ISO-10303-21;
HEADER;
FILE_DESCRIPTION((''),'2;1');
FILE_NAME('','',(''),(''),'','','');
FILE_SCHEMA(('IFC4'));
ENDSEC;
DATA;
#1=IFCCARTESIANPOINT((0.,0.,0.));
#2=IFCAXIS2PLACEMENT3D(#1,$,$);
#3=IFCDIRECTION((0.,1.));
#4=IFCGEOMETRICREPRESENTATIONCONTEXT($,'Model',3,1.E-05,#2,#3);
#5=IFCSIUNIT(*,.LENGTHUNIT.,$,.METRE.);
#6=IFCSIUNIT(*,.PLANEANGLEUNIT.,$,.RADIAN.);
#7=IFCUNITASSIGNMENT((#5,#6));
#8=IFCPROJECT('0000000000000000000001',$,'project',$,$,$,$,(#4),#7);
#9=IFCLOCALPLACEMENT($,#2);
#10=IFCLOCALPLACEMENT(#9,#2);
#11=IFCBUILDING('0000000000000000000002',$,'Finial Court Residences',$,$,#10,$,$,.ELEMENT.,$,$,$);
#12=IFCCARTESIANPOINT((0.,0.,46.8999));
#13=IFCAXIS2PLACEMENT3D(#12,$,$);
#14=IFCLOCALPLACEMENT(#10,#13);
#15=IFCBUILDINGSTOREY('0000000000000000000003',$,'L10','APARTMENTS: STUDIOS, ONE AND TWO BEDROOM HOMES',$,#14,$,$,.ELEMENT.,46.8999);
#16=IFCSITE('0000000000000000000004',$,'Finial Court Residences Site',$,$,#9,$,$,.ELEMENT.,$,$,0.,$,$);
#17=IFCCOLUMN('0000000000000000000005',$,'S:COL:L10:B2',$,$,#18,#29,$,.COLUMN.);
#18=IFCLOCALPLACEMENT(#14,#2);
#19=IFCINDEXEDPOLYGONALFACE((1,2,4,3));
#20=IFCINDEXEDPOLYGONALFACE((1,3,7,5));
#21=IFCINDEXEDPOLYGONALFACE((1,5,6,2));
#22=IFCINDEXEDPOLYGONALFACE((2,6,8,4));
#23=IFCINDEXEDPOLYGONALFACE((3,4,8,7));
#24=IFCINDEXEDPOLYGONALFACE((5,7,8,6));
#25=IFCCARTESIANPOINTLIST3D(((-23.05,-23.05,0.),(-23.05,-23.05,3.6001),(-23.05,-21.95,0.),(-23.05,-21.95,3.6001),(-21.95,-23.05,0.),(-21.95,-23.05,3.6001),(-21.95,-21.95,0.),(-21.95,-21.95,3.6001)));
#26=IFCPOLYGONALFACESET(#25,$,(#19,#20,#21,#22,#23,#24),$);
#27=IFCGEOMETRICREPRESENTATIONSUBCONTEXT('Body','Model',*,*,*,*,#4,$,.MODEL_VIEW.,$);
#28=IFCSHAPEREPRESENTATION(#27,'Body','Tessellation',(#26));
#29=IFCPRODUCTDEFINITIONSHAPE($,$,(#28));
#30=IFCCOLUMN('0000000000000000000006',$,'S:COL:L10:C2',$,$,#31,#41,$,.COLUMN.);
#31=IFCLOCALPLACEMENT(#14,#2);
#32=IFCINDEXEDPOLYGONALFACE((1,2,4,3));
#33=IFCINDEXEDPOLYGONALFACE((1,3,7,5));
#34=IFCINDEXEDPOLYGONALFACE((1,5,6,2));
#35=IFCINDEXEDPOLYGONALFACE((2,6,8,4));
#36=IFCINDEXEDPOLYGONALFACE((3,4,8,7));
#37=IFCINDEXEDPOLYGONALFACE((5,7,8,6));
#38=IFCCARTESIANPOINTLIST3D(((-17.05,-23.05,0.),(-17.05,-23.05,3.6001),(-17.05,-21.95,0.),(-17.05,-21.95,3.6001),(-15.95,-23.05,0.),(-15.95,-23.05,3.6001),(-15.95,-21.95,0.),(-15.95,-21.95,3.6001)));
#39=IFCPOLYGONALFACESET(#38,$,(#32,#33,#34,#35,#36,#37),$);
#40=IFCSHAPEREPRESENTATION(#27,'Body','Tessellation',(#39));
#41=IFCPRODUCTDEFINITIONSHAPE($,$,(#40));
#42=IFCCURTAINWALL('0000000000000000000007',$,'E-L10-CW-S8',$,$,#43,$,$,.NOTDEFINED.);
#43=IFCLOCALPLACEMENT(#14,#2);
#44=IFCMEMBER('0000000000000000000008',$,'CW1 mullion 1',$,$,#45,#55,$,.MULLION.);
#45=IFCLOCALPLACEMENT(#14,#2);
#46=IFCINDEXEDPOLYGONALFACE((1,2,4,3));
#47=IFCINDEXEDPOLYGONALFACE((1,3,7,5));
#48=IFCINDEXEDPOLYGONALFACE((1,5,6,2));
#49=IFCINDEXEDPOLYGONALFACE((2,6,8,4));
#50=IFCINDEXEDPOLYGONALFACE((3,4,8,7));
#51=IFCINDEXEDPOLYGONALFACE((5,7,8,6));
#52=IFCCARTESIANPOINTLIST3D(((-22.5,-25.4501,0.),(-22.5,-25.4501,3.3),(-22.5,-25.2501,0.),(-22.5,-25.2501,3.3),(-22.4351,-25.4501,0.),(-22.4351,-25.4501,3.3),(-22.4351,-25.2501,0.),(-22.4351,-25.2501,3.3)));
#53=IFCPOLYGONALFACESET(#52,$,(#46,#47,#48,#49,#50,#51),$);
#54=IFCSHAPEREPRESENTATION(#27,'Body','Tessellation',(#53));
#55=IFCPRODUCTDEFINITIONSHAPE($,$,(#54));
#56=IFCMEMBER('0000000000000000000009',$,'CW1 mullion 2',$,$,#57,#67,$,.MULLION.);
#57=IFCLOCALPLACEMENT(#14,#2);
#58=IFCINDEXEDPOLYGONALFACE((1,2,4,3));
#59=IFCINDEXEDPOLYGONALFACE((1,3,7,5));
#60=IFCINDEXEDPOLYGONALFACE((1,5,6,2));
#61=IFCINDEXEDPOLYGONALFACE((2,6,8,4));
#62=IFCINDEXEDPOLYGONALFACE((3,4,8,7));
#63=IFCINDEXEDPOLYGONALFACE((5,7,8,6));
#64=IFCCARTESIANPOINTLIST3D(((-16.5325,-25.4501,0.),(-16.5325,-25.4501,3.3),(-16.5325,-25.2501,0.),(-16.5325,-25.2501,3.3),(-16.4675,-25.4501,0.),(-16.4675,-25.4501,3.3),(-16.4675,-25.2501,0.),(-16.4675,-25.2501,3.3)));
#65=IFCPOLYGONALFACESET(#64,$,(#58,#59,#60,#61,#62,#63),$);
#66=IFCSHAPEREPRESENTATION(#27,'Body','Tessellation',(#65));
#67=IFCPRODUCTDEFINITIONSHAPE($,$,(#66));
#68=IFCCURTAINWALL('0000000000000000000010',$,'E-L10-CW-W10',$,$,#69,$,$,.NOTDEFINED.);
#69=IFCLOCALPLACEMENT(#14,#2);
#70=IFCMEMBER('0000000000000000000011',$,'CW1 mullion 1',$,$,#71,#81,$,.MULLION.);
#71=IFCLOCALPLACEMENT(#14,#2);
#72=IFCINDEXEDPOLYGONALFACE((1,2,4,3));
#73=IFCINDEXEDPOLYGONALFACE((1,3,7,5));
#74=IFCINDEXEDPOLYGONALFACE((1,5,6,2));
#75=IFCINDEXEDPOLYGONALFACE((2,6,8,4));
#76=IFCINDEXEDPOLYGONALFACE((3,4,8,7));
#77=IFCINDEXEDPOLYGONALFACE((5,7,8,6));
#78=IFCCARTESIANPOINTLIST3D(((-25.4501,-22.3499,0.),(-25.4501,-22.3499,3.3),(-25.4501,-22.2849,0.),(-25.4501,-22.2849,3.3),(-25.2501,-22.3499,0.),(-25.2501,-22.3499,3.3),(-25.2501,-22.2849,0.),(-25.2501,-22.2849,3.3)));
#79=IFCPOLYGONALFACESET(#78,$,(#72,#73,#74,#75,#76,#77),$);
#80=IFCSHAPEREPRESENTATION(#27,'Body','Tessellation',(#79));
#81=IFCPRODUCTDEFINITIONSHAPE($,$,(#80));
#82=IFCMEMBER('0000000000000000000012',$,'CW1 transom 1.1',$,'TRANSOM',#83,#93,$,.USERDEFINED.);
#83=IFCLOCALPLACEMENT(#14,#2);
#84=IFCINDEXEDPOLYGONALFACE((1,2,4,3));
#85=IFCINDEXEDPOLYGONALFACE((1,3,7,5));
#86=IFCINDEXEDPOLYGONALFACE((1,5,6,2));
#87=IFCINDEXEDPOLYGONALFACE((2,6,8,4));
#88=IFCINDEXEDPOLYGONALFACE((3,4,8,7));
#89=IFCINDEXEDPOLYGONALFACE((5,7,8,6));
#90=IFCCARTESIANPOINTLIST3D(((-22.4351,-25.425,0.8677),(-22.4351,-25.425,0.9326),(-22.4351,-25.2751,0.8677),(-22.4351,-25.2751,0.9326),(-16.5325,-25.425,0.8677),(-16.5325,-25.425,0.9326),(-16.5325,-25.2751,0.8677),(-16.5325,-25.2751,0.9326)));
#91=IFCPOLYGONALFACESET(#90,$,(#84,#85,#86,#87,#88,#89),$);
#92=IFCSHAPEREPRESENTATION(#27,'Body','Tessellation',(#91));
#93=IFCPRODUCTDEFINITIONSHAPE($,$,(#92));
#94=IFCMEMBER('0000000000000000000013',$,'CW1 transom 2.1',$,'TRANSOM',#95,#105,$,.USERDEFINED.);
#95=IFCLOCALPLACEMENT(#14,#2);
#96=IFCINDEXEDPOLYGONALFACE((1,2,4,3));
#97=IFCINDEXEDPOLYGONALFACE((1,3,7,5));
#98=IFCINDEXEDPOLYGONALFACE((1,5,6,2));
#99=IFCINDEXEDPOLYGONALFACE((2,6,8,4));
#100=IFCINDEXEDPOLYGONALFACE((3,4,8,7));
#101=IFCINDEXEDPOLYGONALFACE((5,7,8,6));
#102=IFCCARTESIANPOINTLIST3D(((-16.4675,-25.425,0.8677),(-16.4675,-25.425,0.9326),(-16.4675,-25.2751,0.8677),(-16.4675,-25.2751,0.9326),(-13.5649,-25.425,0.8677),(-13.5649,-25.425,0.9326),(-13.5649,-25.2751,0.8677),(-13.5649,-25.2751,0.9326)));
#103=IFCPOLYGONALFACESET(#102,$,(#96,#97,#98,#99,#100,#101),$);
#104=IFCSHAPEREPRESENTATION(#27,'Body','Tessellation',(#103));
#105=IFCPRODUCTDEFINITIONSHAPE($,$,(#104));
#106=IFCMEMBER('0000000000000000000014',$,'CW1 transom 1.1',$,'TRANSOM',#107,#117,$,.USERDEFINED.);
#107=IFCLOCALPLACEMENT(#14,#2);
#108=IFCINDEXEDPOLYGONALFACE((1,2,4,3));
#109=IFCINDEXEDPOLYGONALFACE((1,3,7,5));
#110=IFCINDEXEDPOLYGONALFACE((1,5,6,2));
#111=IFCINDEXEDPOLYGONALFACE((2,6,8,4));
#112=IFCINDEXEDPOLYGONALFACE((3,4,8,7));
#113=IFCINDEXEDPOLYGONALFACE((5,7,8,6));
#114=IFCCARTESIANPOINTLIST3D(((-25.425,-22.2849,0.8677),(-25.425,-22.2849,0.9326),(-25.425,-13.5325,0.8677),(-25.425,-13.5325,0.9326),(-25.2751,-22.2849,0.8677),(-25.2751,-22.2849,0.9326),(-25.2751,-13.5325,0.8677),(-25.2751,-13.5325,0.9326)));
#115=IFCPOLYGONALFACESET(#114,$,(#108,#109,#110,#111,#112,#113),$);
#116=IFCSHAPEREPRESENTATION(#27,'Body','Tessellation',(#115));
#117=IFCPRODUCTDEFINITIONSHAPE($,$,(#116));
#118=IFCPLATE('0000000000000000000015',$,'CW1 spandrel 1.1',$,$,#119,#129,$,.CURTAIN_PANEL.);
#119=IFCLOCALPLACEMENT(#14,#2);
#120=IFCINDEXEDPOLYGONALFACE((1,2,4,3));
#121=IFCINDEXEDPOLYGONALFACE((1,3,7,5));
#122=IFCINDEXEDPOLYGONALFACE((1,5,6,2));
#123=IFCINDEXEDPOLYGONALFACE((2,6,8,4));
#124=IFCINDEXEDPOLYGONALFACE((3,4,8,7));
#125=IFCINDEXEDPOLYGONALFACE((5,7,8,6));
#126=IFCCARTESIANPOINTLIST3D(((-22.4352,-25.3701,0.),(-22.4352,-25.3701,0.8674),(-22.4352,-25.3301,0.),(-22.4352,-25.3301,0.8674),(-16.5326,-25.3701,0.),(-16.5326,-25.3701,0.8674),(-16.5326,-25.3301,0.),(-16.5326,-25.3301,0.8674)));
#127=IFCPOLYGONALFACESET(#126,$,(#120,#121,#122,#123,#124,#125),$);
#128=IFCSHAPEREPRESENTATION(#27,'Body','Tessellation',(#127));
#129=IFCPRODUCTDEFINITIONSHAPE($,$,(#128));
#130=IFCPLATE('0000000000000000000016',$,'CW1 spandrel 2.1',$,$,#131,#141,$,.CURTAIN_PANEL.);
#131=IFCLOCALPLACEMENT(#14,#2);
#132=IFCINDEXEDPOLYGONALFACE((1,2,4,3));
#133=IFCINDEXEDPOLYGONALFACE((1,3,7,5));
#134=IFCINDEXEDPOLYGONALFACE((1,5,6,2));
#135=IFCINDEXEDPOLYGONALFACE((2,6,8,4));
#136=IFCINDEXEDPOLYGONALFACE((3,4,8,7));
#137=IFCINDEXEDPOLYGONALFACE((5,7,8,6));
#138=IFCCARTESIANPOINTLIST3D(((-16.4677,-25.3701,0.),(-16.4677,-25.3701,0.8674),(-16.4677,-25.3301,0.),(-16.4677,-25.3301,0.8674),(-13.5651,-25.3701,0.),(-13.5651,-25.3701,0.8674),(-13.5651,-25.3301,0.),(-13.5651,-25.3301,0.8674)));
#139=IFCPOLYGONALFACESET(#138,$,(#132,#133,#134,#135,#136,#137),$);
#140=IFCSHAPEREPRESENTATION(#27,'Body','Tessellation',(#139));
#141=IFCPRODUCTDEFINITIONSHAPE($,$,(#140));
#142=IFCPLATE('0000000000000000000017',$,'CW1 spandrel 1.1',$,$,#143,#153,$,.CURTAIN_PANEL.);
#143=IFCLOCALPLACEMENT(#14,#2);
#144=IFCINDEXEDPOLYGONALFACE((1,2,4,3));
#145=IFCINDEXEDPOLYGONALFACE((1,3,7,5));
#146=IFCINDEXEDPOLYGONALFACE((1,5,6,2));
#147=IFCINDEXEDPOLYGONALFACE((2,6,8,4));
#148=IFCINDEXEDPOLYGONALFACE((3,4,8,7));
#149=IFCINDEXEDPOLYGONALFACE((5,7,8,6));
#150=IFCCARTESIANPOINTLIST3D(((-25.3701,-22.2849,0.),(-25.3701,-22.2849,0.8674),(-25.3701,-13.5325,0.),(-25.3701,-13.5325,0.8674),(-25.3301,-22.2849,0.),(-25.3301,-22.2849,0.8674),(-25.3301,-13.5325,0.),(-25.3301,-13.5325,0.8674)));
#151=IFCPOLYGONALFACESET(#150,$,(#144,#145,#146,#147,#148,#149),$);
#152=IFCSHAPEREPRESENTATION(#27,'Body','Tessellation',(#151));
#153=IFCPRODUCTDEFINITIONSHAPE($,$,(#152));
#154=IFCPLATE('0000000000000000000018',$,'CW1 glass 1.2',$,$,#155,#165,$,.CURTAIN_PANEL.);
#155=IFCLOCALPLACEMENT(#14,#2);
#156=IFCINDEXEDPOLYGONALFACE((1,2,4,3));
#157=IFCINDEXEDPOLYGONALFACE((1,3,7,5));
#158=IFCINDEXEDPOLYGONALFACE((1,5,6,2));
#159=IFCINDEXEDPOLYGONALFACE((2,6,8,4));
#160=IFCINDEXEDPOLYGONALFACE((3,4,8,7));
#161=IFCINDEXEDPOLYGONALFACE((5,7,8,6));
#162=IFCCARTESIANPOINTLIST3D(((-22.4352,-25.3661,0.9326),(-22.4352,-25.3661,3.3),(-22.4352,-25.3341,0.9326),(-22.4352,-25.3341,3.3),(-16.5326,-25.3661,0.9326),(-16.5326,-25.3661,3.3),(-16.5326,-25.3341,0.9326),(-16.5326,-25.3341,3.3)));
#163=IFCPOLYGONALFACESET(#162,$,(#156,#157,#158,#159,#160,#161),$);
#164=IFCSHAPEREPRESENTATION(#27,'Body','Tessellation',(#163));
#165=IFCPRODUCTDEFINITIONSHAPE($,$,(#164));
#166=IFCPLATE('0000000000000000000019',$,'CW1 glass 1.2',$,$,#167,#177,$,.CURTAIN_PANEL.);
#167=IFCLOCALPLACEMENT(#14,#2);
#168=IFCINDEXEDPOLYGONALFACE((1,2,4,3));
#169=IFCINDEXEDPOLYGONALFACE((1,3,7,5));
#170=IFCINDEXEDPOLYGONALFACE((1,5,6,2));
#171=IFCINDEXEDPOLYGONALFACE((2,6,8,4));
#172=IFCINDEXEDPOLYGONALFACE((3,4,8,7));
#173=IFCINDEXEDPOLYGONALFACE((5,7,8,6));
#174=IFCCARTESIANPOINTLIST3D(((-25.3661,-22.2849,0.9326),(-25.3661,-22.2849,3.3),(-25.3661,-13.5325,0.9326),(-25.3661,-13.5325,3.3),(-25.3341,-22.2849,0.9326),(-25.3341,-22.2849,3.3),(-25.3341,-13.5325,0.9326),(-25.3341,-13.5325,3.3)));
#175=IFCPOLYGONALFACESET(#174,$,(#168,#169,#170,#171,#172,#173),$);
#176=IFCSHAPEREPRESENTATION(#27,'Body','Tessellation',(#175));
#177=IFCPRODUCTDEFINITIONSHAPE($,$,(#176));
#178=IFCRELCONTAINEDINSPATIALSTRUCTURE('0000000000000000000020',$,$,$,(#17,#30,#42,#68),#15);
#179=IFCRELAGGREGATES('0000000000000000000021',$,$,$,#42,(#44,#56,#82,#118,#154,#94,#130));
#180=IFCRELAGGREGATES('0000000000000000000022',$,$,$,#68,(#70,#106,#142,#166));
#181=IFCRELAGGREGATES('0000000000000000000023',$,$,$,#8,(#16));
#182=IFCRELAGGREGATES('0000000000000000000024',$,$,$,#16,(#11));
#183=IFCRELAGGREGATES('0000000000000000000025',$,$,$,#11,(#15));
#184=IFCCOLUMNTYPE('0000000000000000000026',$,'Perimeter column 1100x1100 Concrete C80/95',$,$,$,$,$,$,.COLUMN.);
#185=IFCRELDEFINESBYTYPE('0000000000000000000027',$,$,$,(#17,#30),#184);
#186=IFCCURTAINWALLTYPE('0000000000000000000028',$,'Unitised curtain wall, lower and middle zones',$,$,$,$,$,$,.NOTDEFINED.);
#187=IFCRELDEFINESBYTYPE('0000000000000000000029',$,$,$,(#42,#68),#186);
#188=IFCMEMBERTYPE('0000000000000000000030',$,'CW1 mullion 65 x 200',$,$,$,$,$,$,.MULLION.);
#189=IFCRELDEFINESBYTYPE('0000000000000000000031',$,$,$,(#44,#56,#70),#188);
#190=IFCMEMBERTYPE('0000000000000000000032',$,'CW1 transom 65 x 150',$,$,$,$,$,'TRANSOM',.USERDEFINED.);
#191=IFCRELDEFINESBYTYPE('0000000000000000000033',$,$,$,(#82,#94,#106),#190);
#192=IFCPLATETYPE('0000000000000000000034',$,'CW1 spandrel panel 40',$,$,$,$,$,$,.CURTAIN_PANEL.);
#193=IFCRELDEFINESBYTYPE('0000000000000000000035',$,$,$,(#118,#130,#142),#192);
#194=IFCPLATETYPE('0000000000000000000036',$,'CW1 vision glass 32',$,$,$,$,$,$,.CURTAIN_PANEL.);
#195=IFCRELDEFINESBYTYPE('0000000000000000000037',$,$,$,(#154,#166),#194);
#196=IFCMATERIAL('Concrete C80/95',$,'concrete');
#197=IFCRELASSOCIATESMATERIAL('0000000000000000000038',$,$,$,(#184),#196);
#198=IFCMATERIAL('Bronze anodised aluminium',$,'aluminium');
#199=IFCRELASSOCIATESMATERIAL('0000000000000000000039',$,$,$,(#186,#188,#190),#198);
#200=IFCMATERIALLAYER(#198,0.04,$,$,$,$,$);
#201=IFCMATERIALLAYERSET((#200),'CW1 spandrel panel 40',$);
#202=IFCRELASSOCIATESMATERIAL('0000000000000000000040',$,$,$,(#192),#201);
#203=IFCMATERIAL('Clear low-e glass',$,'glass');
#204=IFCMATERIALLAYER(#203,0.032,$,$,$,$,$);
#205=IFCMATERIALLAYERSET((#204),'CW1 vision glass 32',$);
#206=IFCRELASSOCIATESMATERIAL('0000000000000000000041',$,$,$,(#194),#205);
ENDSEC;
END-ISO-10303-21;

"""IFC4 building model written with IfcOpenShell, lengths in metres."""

from ifc_helpers import new_model, si_unit, direction, frame, origin, origin_2d, place, context, subcontext, project, spatial, rectangle, extrude, material, layer, layer_set, material_profile, profile_set, type_object, element, aggregate, save


model = new_model("IFC4")

# Units and contexts
model_context = context("Model", 3, precision=1e-05, world=origin(), true_north=direction((0.0, 1.0)))
body_context = subcontext(model_context, "Body", "Model", "MODEL_VIEW")
ifc_project = project(units=[si_unit("LENGTHUNIT", "METRE"), si_unit("PLANEANGLEUNIT", "RADIAN")], contexts=[model_context])

# Site, building, storey
site_placement = place(None, origin())
site = spatial("IfcSite", under=ifc_project, at=site_placement, Name="Finial Court Residences Site", CompositionType="ELEMENT", RefElevation=0.0)
building_placement = place(site_placement, origin())
building = spatial("IfcBuilding", under=site, at=building_placement, Name="Finial Court Residences", CompositionType="ELEMENT")
storey_placement = place(building_placement, frame((0.0, 0.0, 46.8999)))
storey = spatial("IfcBuildingStorey", under=building, at=storey_placement, Name="L10", Description="APARTMENTS: STUDIOS, ONE AND TWO BEDROOM HOMES", CompositionType="ELEMENT", Elevation=46.8999)

# Columns
ifc_material_1 = material(Name="Concrete C80/95", Category="concrete")
ifc_material_profile_1 = material_profile(ifc_material_1, rectangle(XDim=1.1001, YDim=1.1001, at=origin_2d()), Name="1100x1100")
ifc_profile_set_1 = profile_set([ifc_material_profile_1], Name="Concrete C80/95")
column_type = type_object("IfcColumnType", Name="Perimeter column 1100x1100 Concrete C80/95", PredefinedType="COLUMN", material=ifc_profile_set_1)
for number, where, z_axis, x_axis, name in (
    (1, (-22.5, -22.5, 0.0), (0.0, 0.0, 1.0), (1.0, 0.0, 0.0), "S:COL:L10:B2"),
    (2, (-16.5, -22.5, 0.0), (0.0, 0.0, 1.0), (1.0, 0.0, 0.0), "S:COL:L10:C2"),
):
    element("IfcColumn", number, at=place(storey_placement, frame(where, z_axis=z_axis, x_axis=x_axis)), inside=storey, type_object=column_type, Name=name, PredefinedType="COLUMN", context=body_context, shape_type="SweptSolid", body=[
        extrude(rectangle(XDim=1.1001, YDim=1.1001, at=origin_2d()), origin(), (0.0, 0.0, 1.0), 3.6001),
    ])

# Curtain wall, members
ifc_material_2 = material(Name="Bronze anodised aluminium", Category="aluminium")
curtain_wall_type = type_object("IfcCurtainWallType", Name="Unitised curtain wall, lower and middle zones", PredefinedType="NOTDEFINED", material=ifc_material_2)
curtain_wall_1_placement = place(storey_placement, origin())
curtain_wall_1 = element("IfcCurtainWall", 3, at=curtain_wall_1_placement, inside=storey, type_object=curtain_wall_type, Name="E-L10-CW-S8", PredefinedType="NOTDEFINED")
ifc_material_profile_2 = material_profile(ifc_material_2, rectangle(XDim=0.2, YDim=0.0649, at=origin_2d()), Name="CW1 mullion 65 x 200")
ifc_profile_set_2 = profile_set([ifc_material_profile_2], Name="Bronze anodised aluminium")
member_type_1 = type_object("IfcMemberType", Name="CW1 mullion 65 x 200", PredefinedType="MULLION", material=ifc_profile_set_2)
member_1_placement = place(storey_placement, frame((-22.4675, -25.3501, 0.0), z_axis=(0.0, 0.0, 1.0), x_axis=(0.0, 1.0, 0.0)))
member_1 = element("IfcMember", 4, at=member_1_placement, type_object=member_type_1, Name="CW1 mullion 1", PredefinedType="MULLION", context=body_context, shape_type="SweptSolid", body=[
    extrude(rectangle(XDim=0.2, YDim=0.0649, at=origin_2d()), origin(), (0.0, 0.0, 1.0), 3.3),
])
member_2_placement = place(storey_placement, frame((-16.5, -25.3501, 0.0), z_axis=(0.0, 0.0, 1.0), x_axis=(0.0, 1.0, 0.0)))
member_2 = element("IfcMember", 5, at=member_2_placement, type_object=member_type_1, Name="CW1 mullion 2", PredefinedType="MULLION", context=body_context, shape_type="SweptSolid", body=[
    extrude(rectangle(XDim=0.2, YDim=0.0649, at=origin_2d()), origin(), (0.0, 0.0, 1.0), 3.3),
])

# Curtain wall, member
curtain_wall_2_placement = place(storey_placement, origin())
curtain_wall_2 = element("IfcCurtainWall", 6, at=curtain_wall_2_placement, inside=storey, type_object=curtain_wall_type, Name="E-L10-CW-W10", PredefinedType="NOTDEFINED")
member_3_placement = place(storey_placement, frame((-25.3501, -22.3174, 0.0), z_axis=(0.0, 0.0, 1.0), x_axis=(-1.0, 0.0, 0.0)))
member_3 = element("IfcMember", 7, at=member_3_placement, type_object=member_type_1, Name="CW1 mullion 1", PredefinedType="MULLION", context=body_context, shape_type="SweptSolid", body=[
    extrude(rectangle(XDim=0.2, YDim=0.0649, at=origin_2d()), origin(), (0.0, 0.0, 1.0), 3.3),
])

# Members
ifc_material_profile_3 = material_profile(ifc_material_2, rectangle(XDim=0.1499, YDim=0.0649, at=origin_2d()), Name="CW1 transom 65 x 150")
ifc_profile_set_3 = profile_set([ifc_material_profile_3], Name="Bronze anodised aluminium")
member_type_2 = type_object("IfcMemberType", Name="CW1 transom 65 x 150", ElementType="TRANSOM", PredefinedType="USERDEFINED", material=ifc_profile_set_3)
member_4_placement = place(storey_placement, frame((-22.4351, -25.3501, 0.9001), z_axis=(1.0, 0.0, 0.0), x_axis=(0.0, 1.0, 0.0)))
member_4 = element("IfcMember", 8, at=member_4_placement, type_object=member_type_2, Name="CW1 transom 1.1", ObjectType="TRANSOM", PredefinedType="USERDEFINED", context=body_context, shape_type="SweptSolid", body=[
    extrude(rectangle(XDim=0.1499, YDim=0.0649, at=origin_2d()), origin(), (0.0, 0.0, 1.0), 5.9026),
])
member_5_placement = place(storey_placement, frame((-16.4675, -25.3501, 0.9001), z_axis=(1.0, 0.0, 0.0), x_axis=(0.0, 1.0, 0.0)))
member_5 = element("IfcMember", 9, at=member_5_placement, type_object=member_type_2, Name="CW1 transom 2.1", ObjectType="TRANSOM", PredefinedType="USERDEFINED", context=body_context, shape_type="SweptSolid", body=[
    extrude(rectangle(XDim=0.1499, YDim=0.0649, at=origin_2d()), origin(), (0.0, 0.0, 1.0), 2.9026),
])
member_6_placement = place(storey_placement, frame((-25.3501, -22.2849, 0.9001), z_axis=(0.0, 1.0, 0.0), x_axis=(-1.0, 0.0, 0.0)))
member_6 = element("IfcMember", 10, at=member_6_placement, type_object=member_type_2, Name="CW1 transom 1.1", ObjectType="TRANSOM", PredefinedType="USERDEFINED", context=body_context, shape_type="SweptSolid", body=[
    extrude(rectangle(XDim=0.1499, YDim=0.0649, at=origin_2d()), origin(), (0.0, 0.0, 1.0), 8.7524),
])

# Plates
ifc_layer_1 = layer(ifc_material_2, 0.04)
ifc_layer_set_1 = layer_set([ifc_layer_1], Name="CW1 spandrel panel 40")
plate_type_1 = type_object("IfcPlateType", Name="CW1 spandrel panel 40", PredefinedType="CURTAIN_PANEL", material=ifc_layer_set_1)
plate_1_placement = place(storey_placement, frame((-19.4839, -25.3501, 0.0), z_axis=(0.0, 0.0, 1.0), x_axis=(1.0, 0.0, 0.0)))
plate_1 = element("IfcPlate", 11, at=plate_1_placement, type_object=plate_type_1, Name="CW1 spandrel 1.1", PredefinedType="CURTAIN_PANEL", context=body_context, shape_type="SweptSolid", body=[
    extrude(rectangle(XDim=5.9026, YDim=0.04, at=origin_2d()), origin(), (0.0, 0.0, 1.0), 0.8674),
])
plate_2_placement = place(storey_placement, frame((-15.0164, -25.3501, 0.0), z_axis=(0.0, 0.0, 1.0), x_axis=(1.0, 0.0, 0.0)))
plate_2 = element("IfcPlate", 12, at=plate_2_placement, type_object=plate_type_1, Name="CW1 spandrel 2.1", PredefinedType="CURTAIN_PANEL", context=body_context, shape_type="SweptSolid", body=[
    extrude(rectangle(XDim=2.9026, YDim=0.04, at=origin_2d()), origin(), (0.0, 0.0, 1.0), 0.8674),
])
plate_3_placement = place(storey_placement, frame((-25.3501, -17.9087, 0.0), z_axis=(0.0, 0.0, 1.0), x_axis=(0.0, 1.0, 0.0)))
plate_3 = element("IfcPlate", 13, at=plate_3_placement, type_object=plate_type_1, Name="CW1 spandrel 1.1", PredefinedType="CURTAIN_PANEL", context=body_context, shape_type="SweptSolid", body=[
    extrude(rectangle(XDim=8.7524, YDim=0.04, at=origin_2d()), origin(), (0.0, 0.0, 1.0), 0.8674),
])
ifc_material_3 = material(Name="Clear low-e glass", Category="glass")
ifc_layer_2 = layer(ifc_material_3, 0.032)
ifc_layer_set_2 = layer_set([ifc_layer_2], Name="CW1 vision glass 32")
plate_type_2 = type_object("IfcPlateType", Name="CW1 vision glass 32", PredefinedType="CURTAIN_PANEL", material=ifc_layer_set_2)
plate_4_placement = place(storey_placement, frame((-19.4839, -25.3501, 0.9326), z_axis=(0.0, 0.0, 1.0), x_axis=(1.0, 0.0, 0.0)))
plate_4 = element("IfcPlate", 14, at=plate_4_placement, type_object=plate_type_2, Name="CW1 glass 1.2", PredefinedType="CURTAIN_PANEL", context=body_context, shape_type="SweptSolid", body=[
    extrude(rectangle(XDim=5.9026, YDim=0.032, at=origin_2d()), origin(), (0.0, 0.0, 1.0), 2.3674),
])
aggregate(curtain_wall_1, [member_1, member_2, member_4, plate_1, plate_4, member_5, plate_2])
plate_5_placement = place(storey_placement, frame((-25.3501, -17.9087, 0.9326), z_axis=(0.0, 0.0, 1.0), x_axis=(0.0, 1.0, 0.0)))
plate_5 = element("IfcPlate", 15, at=plate_5_placement, type_object=plate_type_2, Name="CW1 glass 1.2", PredefinedType="CURTAIN_PANEL", context=body_context, shape_type="SweptSolid", body=[
    extrude(rectangle(XDim=8.7524, YDim=0.032, at=origin_2d()), origin(), (0.0, 0.0, 1.0), 2.3674),
])
aggregate(curtain_wall_2, [member_3, member_6, plate_3, plate_5])

save(model, "model.ifc")
